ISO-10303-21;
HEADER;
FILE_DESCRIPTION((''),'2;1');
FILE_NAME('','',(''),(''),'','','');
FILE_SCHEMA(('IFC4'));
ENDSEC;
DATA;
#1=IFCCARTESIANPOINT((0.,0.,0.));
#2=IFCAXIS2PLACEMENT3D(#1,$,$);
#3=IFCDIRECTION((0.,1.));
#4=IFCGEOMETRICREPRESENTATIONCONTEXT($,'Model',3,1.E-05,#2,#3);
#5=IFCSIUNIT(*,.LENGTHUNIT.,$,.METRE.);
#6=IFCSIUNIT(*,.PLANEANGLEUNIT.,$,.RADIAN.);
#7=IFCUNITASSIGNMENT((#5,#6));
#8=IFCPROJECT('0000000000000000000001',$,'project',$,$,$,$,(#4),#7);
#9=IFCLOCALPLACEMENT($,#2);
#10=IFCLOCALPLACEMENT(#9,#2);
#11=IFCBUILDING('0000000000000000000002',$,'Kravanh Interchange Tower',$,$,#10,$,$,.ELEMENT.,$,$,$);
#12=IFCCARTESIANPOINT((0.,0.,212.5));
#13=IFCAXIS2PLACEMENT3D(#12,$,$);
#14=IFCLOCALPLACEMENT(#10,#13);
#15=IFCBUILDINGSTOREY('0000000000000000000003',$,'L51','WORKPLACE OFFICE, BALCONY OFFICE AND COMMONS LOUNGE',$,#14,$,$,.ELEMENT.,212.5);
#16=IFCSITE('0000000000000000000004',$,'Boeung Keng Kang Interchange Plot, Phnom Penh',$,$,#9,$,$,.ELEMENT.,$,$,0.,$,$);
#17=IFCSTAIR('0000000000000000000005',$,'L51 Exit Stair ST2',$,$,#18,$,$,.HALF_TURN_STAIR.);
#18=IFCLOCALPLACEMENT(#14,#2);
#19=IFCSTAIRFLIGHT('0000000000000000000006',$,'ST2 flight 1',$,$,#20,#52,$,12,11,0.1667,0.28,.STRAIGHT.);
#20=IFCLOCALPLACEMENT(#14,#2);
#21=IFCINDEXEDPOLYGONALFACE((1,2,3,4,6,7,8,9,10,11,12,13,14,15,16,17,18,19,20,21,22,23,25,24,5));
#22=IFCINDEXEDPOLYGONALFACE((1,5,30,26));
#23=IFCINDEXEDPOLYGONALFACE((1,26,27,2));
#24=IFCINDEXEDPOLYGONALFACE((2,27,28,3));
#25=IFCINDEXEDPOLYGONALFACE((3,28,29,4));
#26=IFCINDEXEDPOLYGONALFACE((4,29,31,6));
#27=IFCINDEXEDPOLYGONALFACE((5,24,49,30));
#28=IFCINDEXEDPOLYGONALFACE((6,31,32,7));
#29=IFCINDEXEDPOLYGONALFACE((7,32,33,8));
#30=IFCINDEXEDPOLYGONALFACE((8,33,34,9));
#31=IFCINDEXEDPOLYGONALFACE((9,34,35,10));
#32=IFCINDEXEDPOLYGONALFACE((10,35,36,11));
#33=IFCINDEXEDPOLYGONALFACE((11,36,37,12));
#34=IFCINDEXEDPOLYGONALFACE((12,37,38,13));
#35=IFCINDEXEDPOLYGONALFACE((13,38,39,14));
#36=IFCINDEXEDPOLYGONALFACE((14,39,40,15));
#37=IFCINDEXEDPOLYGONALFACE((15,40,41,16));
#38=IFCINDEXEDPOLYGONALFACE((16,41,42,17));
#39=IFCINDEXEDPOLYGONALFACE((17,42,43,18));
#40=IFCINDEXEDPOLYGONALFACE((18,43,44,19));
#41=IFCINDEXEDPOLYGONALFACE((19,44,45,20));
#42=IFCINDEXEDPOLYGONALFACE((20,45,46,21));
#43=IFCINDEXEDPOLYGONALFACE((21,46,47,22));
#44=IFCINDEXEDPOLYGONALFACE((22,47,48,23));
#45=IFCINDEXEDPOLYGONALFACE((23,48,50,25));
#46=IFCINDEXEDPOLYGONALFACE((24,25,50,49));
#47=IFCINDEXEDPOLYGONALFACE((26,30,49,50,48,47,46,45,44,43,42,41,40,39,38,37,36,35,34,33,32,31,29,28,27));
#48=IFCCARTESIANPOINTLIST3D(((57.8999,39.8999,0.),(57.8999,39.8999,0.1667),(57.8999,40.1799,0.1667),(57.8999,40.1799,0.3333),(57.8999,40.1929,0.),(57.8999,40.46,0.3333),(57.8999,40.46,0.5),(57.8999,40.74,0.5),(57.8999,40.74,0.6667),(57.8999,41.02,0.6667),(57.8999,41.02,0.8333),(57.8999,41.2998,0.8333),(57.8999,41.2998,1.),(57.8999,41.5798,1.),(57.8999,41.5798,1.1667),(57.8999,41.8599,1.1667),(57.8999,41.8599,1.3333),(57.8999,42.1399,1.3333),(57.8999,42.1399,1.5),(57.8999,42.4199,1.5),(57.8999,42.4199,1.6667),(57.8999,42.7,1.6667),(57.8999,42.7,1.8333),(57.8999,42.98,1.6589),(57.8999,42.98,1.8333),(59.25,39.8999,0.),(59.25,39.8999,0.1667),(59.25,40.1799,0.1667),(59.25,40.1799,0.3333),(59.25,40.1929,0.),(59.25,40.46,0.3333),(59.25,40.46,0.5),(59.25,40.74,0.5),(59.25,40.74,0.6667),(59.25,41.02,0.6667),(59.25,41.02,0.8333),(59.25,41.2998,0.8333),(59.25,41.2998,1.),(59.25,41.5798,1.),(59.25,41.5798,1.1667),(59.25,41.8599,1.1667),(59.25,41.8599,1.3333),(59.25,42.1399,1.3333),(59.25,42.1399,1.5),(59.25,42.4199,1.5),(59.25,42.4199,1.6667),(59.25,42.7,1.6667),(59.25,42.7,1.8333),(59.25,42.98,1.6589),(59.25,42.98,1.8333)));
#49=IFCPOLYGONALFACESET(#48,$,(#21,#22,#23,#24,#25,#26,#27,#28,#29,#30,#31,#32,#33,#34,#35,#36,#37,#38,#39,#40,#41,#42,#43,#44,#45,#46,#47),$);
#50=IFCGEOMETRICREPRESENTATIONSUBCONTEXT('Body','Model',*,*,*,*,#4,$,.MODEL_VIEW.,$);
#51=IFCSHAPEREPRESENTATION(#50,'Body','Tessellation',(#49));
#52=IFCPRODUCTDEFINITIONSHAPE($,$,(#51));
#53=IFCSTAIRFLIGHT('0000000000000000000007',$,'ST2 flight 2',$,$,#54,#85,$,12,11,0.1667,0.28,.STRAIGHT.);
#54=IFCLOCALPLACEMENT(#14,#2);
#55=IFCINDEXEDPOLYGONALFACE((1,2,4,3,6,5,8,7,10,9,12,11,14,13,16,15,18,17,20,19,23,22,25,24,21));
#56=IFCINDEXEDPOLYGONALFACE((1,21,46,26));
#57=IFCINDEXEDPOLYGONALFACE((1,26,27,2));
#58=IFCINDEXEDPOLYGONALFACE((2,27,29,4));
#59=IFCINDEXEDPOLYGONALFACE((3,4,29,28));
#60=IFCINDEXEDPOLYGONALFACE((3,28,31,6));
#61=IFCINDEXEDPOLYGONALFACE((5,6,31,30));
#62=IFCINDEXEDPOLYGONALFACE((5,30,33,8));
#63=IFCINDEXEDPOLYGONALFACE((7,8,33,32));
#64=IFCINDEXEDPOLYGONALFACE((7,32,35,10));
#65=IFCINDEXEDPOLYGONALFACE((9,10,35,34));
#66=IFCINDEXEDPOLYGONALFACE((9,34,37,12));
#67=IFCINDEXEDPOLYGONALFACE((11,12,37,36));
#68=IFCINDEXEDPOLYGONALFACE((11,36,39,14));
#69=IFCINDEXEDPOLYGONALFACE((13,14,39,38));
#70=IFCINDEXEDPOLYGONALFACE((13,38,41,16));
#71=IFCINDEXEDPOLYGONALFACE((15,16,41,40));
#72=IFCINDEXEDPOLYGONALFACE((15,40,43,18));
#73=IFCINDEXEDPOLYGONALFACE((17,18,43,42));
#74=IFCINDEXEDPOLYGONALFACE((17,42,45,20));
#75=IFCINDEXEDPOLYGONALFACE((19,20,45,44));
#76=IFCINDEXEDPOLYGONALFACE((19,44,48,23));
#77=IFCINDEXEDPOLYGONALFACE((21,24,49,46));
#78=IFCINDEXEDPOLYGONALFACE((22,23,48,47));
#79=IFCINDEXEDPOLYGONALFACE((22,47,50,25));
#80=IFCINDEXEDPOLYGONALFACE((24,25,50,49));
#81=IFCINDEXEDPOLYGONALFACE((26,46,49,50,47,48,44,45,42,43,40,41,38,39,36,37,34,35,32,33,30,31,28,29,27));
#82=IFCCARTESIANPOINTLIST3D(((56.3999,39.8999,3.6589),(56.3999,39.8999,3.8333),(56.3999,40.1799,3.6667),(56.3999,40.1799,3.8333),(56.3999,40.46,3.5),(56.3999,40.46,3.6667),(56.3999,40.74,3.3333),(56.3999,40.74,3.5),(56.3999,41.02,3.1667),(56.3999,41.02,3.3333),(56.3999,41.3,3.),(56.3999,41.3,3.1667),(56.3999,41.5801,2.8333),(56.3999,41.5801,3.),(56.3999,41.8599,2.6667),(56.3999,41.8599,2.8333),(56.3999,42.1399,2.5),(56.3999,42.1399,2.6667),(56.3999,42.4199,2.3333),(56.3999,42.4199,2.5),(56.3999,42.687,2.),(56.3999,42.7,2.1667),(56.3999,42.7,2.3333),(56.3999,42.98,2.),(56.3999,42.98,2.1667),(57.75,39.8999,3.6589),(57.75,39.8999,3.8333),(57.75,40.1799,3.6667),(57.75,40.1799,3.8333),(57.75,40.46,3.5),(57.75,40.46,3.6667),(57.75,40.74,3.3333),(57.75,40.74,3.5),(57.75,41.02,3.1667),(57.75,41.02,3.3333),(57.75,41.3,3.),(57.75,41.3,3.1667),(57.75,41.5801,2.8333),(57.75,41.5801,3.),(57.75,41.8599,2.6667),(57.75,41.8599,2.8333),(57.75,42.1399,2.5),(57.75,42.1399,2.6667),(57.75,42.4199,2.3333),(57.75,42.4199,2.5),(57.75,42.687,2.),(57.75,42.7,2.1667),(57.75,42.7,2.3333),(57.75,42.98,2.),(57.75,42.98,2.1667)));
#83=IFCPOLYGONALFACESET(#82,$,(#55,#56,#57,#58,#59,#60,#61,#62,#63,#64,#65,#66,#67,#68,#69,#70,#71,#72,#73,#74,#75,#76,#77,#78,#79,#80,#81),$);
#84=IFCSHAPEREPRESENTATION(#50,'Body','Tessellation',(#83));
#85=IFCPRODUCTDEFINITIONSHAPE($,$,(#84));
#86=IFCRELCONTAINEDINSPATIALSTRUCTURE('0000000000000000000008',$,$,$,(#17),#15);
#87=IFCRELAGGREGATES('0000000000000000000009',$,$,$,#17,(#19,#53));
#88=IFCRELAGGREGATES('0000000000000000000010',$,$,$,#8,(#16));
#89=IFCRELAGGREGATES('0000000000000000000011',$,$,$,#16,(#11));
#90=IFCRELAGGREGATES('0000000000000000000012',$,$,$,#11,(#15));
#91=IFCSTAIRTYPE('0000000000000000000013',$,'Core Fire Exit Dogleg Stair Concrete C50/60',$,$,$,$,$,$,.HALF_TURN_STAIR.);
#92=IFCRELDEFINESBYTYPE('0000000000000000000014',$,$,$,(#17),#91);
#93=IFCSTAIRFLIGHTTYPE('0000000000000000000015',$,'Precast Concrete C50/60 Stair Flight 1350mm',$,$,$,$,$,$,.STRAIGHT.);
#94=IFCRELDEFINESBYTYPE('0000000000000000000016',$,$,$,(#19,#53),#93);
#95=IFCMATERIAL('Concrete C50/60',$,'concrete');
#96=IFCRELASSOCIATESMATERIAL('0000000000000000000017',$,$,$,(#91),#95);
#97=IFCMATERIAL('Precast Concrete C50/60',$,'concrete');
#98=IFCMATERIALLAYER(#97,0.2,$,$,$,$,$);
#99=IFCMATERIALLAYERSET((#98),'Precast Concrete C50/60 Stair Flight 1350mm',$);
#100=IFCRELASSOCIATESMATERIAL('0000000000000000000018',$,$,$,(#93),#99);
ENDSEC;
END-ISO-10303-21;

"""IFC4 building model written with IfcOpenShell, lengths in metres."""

from ifc_helpers import new_model, si_unit, direction, frame, origin, place, context, subcontext, project, spatial, polyline, outline, extrude, material, layer, layer_set, type_object, element, aggregate, save


model = new_model("IFC4")

# Units and contexts
model_context = context("Model", 3, precision=1e-05, world=origin(), true_north=direction((0.0, 1.0)))
body_context = subcontext(model_context, "Body", "Model", "MODEL_VIEW")
ifc_project = project(units=[si_unit("LENGTHUNIT", "METRE"), si_unit("PLANEANGLEUNIT", "RADIAN")], contexts=[model_context])

# Site, building, storey
site_placement = place(None, origin())
site = spatial("IfcSite", under=ifc_project, at=site_placement, Name="Boeung Keng Kang Interchange Plot, Phnom Penh", CompositionType="ELEMENT", RefElevation=0.0)
building_placement = place(site_placement, origin())
building = spatial("IfcBuilding", under=site, at=building_placement, Name="Kravanh Interchange Tower", CompositionType="ELEMENT")
storey_placement = place(building_placement, frame((0.0, 0.0, 212.5)))
storey = spatial("IfcBuildingStorey", under=building, at=storey_placement, Name="L51", Description="WORKPLACE OFFICE, BALCONY OFFICE AND COMMONS LOUNGE", CompositionType="ELEMENT", Elevation=212.5)

# Stair, stair flights
ifc_material_1 = material(Name="Concrete C50/60", Category="concrete")
stair_type = type_object("IfcStairType", Name="Core Fire Exit Dogleg Stair Concrete C50/60", PredefinedType="HALF_TURN_STAIR", material=ifc_material_1)
ifc_material_2 = material(Name="Precast Concrete C50/60", Category="concrete")
ifc_layer_1 = layer(ifc_material_2, 0.2)
ifc_layer_set_1 = layer_set([ifc_layer_1], Name="Precast Concrete C50/60 Stair Flight 1350mm")
stair_flight_type = type_object("IfcStairFlightType", Name="Precast Concrete C50/60 Stair Flight 1350mm", PredefinedType="STRAIGHT", material=ifc_layer_set_1)
stair_1_placement = place(storey_placement, origin())
stair_1 = element("IfcStair", 1, at=stair_1_placement, inside=storey, type_object=stair_type, Name="L51 Exit Stair ST2", PredefinedType="HALF_TURN_STAIR")
stair_flight_1_placement = place(storey_placement, frame((58.575, 39.8999, 0.0), z_axis=(0.0, 0.0, 1.0), x_axis=(0.0, 1.0, 0.0)))
stair_flight_1 = element("IfcStairFlight", 2, at=stair_flight_1_placement, type_object=stair_flight_type, Name="ST2 flight 1", NumberOfRisers=12, NumberOfTreads=11, PredefinedType="STRAIGHT", RiserHeight=0.1667, TreadLength=0.28, context=body_context, shape_type="SweptSolid", body=[
    extrude(outline(polyline([(0.0, 0.0), (0.0, 0.1667), (0.28, 0.1667), (0.28, 0.3333), (0.5601, 0.3333), (0.5601, 0.5), (0.8401, 0.5), (0.8401, 0.6667), (1.1201, 0.6667), (1.1201, 0.8333), (1.3999, 0.8333), (1.3999, 1.0), (1.6799, 1.0), (1.6799, 1.1667), (1.96, 1.1667), (1.96, 1.3333), (2.24, 1.3333), (2.24, 1.5), (2.52, 1.5), (2.52, 1.6667), (2.8, 1.6667), (2.8, 1.8333), (3.0801, 1.8333), (3.0801, 2.0), (3.0801, 1.6589), (0.293, 0.0), (0.0, 0.0)])), frame((0.0, 0.675, 0.0), z_axis=(0.0, -1.0, 0.0), x_axis=(1.0, 0.0, 0.0)), (0.0, 0.0, 1.0), 1.3501),
])
stair_flight_2_placement = place(storey_placement, frame((57.075, 42.98, 2.0), z_axis=(0.0, 0.0, 1.0), x_axis=(0.0, -1.0, 0.0)))
stair_flight_2 = element("IfcStairFlight", 3, at=stair_flight_2_placement, type_object=stair_flight_type, Name="ST2 flight 2", NumberOfRisers=12, NumberOfTreads=11, PredefinedType="STRAIGHT", RiserHeight=0.1667, TreadLength=0.28, context=body_context, shape_type="SweptSolid", body=[
    extrude(outline(polyline([(0.0, 0.0), (0.0, 0.1667), (0.28, 0.1667), (0.28, 0.3333), (0.5601, 0.3333), (0.5601, 0.5), (0.8401, 0.5), (0.8401, 0.6667), (1.1201, 0.6667), (1.1201, 0.8333), (1.3999, 0.8333), (1.3999, 1.0), (1.6799, 1.0), (1.6799, 1.1667), (1.96, 1.1667), (1.96, 1.3333), (2.24, 1.3333), (2.24, 1.5), (2.52, 1.5), (2.52, 1.6667), (2.8, 1.6667), (2.8, 1.8333), (3.0801, 1.8333), (3.0801, 2.0), (3.0801, 1.6589), (0.293, 0.0), (0.0, 0.0)])), frame((0.0, 0.675, 0.0), z_axis=(0.0, -1.0, 0.0), x_axis=(1.0, 0.0, 0.0)), (0.0, 0.0, 1.0), 1.3501),
])
aggregate(stair_1, [stair_flight_1, stair_flight_2])

save(model, "model.ifc")
